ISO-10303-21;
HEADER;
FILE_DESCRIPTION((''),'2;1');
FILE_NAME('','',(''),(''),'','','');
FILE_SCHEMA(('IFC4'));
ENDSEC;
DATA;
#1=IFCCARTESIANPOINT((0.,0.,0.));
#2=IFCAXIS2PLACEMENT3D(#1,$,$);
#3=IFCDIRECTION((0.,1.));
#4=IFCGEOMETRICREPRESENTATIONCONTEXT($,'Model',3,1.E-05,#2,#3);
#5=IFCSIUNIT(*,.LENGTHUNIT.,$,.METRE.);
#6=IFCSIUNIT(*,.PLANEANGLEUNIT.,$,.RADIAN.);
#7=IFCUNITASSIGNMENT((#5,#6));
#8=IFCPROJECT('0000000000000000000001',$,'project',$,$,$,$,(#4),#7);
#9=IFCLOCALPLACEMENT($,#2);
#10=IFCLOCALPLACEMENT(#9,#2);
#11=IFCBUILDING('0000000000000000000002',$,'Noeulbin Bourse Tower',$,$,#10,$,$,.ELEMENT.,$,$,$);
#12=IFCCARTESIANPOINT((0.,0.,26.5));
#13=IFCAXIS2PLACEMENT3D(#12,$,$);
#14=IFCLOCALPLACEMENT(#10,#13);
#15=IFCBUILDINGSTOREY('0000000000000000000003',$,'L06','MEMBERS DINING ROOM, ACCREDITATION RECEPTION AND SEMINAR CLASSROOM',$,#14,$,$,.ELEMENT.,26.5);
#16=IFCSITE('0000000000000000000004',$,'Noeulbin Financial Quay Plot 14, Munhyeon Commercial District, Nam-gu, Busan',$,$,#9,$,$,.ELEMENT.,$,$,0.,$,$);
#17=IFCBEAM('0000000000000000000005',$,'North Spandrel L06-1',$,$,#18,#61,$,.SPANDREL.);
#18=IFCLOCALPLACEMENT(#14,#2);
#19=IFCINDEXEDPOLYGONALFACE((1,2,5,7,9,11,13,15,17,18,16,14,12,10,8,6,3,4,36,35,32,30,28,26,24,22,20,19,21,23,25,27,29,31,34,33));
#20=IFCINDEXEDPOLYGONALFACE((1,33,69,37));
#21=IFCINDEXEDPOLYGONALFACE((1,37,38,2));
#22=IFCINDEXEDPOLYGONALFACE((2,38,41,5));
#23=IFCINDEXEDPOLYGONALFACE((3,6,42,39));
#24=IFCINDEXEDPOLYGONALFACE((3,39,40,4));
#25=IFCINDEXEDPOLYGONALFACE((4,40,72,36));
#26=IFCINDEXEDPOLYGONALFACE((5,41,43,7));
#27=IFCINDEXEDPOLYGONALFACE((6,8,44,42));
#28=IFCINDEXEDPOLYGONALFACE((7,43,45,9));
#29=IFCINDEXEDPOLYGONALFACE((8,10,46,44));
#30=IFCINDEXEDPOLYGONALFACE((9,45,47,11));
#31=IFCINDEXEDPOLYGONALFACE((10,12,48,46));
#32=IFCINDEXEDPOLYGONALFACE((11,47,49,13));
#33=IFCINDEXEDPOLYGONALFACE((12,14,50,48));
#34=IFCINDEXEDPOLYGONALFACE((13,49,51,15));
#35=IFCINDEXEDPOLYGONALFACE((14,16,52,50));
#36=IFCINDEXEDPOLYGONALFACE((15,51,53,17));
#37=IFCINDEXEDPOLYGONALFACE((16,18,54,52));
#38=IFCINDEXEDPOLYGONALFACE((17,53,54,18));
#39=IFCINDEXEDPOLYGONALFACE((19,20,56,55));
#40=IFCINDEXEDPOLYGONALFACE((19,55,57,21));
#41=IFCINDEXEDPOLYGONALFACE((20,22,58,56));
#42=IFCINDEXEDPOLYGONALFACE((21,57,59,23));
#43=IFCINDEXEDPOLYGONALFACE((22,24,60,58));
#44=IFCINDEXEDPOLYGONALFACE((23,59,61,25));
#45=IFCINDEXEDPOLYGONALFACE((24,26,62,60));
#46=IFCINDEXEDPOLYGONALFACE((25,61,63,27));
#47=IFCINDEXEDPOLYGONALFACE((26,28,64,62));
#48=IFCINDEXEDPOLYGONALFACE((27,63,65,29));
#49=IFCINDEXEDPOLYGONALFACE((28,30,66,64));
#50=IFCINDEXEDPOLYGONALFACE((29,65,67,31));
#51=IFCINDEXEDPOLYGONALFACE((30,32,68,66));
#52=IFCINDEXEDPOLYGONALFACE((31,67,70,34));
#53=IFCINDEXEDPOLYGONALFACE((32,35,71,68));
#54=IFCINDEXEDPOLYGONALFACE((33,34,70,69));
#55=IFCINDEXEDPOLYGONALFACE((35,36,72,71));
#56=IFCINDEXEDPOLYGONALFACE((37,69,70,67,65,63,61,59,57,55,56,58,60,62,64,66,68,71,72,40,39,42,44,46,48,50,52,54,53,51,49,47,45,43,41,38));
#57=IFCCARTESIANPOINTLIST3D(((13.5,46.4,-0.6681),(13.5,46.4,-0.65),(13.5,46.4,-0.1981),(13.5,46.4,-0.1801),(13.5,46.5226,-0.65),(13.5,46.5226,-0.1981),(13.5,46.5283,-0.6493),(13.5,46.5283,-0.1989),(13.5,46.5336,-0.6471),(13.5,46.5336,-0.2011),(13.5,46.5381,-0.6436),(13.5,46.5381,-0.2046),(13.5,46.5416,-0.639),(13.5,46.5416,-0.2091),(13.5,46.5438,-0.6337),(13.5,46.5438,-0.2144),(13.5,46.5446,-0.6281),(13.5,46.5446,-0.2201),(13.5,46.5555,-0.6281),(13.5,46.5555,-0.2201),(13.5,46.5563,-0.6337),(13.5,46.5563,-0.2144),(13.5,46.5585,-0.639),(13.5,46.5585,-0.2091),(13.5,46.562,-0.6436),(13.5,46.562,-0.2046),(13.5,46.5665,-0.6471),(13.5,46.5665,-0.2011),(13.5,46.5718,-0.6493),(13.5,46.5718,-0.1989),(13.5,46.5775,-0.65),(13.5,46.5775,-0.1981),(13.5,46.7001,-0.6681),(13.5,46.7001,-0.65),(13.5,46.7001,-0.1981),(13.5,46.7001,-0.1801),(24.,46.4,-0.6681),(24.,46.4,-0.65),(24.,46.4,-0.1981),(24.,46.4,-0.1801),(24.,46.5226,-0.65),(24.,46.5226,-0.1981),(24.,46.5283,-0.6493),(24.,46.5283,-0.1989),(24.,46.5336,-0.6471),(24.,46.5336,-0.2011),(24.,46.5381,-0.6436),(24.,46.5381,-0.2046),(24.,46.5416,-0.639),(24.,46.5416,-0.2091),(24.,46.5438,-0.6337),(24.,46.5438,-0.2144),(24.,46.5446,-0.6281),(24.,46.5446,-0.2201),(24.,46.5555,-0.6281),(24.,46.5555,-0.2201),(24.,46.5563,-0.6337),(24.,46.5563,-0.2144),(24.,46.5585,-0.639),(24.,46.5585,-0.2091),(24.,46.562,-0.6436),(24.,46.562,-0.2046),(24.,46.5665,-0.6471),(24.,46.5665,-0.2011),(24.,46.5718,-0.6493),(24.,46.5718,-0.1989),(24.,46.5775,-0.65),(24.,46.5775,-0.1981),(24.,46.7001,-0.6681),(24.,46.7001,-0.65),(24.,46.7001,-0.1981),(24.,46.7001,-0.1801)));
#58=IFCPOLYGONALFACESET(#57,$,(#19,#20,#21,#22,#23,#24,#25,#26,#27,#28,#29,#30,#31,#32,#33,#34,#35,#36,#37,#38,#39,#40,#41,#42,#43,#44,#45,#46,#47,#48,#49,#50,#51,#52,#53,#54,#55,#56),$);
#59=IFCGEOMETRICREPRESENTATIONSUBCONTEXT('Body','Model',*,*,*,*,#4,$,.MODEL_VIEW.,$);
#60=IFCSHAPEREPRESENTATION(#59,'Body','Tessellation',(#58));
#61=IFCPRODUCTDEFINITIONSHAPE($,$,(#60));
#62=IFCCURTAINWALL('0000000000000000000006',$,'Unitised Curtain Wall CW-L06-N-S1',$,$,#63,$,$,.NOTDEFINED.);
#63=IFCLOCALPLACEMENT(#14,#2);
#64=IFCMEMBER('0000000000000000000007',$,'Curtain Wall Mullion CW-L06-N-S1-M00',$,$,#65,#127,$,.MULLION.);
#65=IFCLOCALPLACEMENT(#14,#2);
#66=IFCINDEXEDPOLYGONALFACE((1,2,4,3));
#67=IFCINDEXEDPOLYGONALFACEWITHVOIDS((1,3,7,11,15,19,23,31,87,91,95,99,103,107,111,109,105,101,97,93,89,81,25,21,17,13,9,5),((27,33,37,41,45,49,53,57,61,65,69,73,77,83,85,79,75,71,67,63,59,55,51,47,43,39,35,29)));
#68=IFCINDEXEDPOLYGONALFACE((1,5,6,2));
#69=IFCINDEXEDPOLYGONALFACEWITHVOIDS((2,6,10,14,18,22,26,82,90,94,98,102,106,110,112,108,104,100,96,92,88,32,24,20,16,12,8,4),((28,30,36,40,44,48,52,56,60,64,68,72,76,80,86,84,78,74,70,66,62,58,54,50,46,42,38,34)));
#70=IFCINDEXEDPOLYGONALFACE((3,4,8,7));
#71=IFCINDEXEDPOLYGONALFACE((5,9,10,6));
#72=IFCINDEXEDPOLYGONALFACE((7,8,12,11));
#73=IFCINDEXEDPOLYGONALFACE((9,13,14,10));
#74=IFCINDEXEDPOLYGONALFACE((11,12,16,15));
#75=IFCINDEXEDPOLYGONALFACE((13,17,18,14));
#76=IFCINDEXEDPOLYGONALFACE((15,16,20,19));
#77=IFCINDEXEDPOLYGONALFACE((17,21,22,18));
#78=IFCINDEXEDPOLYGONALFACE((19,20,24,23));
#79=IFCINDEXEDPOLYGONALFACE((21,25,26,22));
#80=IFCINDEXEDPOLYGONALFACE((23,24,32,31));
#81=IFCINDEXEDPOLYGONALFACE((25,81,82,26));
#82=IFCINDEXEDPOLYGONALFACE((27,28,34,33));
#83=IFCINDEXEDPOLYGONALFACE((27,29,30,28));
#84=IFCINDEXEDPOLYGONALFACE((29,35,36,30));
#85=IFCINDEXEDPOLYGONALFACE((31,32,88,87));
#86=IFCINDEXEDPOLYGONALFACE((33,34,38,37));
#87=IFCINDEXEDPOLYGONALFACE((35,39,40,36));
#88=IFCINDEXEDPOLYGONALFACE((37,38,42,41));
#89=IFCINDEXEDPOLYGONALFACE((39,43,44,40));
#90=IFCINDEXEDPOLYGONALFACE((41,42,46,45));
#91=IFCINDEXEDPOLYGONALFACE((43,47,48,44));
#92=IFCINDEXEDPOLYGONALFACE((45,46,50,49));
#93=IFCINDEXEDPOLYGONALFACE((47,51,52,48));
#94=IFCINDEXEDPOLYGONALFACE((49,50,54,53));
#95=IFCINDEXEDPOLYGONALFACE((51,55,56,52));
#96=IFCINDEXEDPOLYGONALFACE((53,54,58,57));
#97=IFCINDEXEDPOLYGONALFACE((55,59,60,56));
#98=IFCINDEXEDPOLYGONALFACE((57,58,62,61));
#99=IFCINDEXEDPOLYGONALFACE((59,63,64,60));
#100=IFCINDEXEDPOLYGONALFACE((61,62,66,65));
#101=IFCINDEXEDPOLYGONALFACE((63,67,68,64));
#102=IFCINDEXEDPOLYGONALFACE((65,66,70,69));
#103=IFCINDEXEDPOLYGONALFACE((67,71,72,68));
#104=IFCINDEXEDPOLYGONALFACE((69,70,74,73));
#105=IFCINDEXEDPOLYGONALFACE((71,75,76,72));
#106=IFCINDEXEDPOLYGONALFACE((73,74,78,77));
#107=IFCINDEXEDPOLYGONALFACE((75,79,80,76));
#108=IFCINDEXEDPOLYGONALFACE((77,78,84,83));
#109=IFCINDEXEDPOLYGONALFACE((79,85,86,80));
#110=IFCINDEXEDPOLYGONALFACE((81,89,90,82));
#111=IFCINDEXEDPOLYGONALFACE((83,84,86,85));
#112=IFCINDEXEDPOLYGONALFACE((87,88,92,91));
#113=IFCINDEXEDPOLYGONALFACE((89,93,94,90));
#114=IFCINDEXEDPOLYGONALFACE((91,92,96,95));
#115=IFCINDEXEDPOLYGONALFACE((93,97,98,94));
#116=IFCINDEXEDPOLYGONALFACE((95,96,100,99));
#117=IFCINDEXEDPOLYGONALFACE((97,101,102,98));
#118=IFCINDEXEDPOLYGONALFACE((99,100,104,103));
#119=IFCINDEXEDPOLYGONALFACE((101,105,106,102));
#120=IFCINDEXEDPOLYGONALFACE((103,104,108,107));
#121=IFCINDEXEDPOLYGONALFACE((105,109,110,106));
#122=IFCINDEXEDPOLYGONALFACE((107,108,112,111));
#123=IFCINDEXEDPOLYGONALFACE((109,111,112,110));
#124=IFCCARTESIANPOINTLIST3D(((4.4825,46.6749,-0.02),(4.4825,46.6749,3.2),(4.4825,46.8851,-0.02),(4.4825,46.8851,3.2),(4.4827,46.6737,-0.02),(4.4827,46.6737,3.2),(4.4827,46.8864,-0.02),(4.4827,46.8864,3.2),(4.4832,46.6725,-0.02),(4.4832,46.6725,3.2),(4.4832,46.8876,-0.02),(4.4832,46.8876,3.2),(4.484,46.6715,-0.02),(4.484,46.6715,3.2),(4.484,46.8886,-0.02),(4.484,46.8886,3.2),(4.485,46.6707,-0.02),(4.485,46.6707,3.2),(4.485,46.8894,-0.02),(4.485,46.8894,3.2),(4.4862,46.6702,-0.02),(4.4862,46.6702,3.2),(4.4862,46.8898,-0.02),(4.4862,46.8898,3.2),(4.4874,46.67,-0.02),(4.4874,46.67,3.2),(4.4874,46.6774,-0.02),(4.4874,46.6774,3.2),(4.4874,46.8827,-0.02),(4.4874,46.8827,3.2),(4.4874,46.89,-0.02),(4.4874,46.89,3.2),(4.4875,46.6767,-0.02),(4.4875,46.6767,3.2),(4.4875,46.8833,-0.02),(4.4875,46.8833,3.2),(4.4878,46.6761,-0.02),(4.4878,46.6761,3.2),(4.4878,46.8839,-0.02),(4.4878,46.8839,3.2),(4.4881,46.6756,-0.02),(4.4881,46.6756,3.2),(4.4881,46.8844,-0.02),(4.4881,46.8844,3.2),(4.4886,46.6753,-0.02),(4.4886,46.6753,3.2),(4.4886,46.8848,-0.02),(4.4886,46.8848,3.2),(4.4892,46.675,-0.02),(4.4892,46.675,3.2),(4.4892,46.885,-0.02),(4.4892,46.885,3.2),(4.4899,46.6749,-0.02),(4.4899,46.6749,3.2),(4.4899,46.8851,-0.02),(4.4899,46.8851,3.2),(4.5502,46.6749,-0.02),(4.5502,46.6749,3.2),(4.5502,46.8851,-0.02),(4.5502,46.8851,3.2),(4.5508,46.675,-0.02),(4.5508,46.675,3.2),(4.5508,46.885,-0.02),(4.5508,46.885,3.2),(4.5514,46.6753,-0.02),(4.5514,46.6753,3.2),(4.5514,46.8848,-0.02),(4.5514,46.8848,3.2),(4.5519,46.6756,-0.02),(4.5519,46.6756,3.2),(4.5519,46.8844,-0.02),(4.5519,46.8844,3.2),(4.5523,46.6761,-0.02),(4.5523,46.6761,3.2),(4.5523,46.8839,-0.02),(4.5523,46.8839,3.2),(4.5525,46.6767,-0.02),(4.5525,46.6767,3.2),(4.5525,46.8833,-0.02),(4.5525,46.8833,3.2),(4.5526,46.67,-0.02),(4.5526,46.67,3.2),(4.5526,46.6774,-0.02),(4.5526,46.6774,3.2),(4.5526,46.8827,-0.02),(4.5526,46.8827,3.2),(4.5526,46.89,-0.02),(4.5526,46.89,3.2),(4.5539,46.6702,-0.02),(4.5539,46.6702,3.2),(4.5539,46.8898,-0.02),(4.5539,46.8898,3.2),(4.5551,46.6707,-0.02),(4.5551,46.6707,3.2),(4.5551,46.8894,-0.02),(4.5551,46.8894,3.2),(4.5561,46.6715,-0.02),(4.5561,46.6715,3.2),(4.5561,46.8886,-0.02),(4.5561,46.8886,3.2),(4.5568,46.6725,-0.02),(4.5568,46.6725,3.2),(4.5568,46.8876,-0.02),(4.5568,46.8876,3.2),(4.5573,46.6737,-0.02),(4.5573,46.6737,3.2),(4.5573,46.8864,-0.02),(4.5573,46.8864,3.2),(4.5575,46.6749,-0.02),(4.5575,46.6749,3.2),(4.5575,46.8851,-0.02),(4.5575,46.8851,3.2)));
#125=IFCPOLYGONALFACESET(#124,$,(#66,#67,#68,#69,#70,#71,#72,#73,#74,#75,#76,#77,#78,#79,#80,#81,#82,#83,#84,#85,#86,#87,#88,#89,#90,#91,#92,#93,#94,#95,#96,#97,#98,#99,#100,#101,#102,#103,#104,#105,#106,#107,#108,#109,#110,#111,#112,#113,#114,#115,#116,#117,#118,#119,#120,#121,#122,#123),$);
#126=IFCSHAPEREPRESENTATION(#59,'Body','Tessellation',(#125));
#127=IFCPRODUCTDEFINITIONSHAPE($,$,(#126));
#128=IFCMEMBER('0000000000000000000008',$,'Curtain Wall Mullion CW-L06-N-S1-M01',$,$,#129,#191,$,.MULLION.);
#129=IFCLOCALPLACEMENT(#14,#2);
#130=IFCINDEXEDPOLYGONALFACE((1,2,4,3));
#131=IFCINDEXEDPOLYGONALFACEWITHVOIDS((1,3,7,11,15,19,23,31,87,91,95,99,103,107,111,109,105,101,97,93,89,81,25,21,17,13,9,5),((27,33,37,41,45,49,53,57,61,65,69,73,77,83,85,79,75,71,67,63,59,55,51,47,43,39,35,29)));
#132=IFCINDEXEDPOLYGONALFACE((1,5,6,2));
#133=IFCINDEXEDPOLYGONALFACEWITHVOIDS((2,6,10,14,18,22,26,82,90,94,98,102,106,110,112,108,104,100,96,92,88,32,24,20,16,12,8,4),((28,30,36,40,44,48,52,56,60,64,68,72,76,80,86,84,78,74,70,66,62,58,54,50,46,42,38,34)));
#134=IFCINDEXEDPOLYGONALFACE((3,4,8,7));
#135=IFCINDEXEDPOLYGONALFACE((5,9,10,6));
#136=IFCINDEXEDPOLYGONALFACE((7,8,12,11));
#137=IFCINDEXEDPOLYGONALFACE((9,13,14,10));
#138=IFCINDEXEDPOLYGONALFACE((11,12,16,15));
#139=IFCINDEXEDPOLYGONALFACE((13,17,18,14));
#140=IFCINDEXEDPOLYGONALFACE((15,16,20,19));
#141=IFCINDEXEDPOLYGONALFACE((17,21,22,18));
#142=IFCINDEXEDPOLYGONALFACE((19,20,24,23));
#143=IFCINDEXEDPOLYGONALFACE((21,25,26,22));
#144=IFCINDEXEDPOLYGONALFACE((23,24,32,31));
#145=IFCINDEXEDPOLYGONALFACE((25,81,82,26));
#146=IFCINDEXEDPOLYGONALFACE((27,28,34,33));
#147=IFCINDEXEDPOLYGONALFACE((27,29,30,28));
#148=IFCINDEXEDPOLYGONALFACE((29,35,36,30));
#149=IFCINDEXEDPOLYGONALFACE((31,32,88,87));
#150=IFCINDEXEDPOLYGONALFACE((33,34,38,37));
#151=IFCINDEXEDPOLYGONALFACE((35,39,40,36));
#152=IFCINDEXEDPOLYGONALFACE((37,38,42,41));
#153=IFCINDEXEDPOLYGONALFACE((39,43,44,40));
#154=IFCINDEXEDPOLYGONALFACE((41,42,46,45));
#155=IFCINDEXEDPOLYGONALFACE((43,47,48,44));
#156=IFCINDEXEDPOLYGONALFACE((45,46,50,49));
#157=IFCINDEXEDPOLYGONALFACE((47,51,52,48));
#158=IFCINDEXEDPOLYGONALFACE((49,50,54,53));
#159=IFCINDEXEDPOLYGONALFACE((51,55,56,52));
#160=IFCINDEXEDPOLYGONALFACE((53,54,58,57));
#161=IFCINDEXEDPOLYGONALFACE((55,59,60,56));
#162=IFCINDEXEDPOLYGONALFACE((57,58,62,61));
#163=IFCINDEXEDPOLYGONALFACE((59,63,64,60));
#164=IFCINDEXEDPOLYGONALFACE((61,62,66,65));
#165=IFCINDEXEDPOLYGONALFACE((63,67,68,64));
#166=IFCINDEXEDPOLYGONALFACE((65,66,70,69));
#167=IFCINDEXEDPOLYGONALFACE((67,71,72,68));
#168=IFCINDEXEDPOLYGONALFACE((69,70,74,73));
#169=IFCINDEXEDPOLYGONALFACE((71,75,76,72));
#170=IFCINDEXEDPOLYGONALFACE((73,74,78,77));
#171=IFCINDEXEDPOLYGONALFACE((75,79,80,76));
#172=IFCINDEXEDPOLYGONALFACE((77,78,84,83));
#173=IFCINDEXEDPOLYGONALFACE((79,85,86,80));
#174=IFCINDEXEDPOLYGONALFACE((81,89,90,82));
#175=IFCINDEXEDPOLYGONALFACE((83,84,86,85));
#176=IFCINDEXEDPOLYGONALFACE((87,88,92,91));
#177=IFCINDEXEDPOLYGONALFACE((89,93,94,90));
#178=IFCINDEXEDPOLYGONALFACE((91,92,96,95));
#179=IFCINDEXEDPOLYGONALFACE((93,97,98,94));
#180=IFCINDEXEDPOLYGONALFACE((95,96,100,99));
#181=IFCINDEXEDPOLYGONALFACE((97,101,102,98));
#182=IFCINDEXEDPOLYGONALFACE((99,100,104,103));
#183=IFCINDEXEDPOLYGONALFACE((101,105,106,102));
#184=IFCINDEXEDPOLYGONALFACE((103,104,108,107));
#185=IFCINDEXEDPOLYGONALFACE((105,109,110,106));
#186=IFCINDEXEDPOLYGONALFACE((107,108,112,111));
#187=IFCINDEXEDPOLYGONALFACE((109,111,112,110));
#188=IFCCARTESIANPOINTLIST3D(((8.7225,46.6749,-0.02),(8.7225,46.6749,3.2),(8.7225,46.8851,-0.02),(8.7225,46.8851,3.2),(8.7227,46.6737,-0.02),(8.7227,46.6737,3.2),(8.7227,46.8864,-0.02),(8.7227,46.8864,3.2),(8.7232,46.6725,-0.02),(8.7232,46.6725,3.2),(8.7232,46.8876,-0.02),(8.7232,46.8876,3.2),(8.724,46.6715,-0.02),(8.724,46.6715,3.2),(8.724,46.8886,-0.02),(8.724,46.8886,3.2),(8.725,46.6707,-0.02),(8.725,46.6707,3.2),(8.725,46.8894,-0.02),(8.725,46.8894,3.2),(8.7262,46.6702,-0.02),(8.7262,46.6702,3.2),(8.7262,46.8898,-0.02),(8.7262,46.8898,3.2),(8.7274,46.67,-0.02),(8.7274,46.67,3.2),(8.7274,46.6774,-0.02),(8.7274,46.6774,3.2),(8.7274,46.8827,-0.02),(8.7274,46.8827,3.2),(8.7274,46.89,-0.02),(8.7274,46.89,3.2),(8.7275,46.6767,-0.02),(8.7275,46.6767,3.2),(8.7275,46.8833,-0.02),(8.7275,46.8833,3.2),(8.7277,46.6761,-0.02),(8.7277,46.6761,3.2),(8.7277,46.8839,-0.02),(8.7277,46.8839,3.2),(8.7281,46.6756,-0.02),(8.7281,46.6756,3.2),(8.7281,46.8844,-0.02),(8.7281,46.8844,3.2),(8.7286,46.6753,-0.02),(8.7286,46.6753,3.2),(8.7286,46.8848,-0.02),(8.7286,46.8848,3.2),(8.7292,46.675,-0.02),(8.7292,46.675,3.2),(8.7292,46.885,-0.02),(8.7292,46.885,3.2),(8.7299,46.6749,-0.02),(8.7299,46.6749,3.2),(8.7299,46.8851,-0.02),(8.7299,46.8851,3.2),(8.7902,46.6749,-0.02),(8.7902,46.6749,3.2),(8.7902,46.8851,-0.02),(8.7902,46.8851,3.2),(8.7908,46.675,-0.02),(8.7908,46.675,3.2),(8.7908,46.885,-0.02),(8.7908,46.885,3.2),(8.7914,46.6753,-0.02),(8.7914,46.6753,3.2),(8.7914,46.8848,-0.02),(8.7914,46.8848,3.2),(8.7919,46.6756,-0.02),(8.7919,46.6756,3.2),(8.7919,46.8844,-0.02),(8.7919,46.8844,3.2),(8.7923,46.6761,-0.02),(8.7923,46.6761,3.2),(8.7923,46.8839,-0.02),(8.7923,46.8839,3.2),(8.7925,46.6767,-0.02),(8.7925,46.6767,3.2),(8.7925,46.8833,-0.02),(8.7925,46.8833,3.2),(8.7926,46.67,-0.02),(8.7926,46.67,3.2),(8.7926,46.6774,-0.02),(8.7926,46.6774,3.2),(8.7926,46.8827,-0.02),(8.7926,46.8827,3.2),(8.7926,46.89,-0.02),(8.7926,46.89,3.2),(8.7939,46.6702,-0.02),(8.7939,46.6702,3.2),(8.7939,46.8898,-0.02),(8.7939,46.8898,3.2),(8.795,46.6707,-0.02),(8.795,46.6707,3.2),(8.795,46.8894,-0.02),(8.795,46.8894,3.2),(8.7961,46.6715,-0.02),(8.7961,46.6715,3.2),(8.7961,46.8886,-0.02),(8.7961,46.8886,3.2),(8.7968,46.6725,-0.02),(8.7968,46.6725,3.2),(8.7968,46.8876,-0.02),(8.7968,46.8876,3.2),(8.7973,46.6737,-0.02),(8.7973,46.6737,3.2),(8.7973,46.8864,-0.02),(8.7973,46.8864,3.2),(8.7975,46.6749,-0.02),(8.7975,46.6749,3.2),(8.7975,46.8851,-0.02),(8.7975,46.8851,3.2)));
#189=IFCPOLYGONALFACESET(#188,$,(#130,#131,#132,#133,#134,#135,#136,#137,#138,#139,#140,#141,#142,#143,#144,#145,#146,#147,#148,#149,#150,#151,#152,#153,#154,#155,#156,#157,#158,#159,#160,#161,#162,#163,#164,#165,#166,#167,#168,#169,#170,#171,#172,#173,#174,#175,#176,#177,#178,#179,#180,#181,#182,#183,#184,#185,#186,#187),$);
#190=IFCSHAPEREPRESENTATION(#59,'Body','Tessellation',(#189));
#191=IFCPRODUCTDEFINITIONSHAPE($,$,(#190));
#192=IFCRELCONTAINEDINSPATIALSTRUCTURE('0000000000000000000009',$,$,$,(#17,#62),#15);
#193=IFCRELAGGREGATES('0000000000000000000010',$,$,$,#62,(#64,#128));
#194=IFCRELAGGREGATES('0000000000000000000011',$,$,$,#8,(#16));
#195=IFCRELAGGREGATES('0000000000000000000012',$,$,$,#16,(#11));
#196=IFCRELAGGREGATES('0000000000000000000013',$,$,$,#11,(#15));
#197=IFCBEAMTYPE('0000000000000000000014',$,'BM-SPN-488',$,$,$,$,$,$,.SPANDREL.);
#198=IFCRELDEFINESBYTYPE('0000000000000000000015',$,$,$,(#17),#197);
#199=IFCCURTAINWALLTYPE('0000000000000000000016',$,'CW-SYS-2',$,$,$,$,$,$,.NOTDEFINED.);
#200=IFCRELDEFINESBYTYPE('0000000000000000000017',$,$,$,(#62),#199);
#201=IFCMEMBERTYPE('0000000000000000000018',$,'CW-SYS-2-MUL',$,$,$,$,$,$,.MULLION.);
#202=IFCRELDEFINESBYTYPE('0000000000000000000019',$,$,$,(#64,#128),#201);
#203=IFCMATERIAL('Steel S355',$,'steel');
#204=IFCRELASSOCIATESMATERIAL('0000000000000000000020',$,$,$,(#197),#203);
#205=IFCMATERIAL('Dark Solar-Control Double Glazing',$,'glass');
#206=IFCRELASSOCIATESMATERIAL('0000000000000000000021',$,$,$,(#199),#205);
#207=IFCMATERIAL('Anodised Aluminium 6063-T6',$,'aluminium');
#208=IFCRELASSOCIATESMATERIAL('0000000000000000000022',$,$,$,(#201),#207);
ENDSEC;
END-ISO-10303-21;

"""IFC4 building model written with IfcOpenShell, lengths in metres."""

from ifc_helpers import new_model, si_unit, direction, frame, origin, origin_2d, place, context, subcontext, project, spatial, hollow_rectangle, i_section, extrude, material, material_profile, profile_set, type_object, element, aggregate, save


model = new_model("IFC4")

# Units and contexts
model_context = context("Model", 3, precision=1e-05, world=origin(), true_north=direction((0.0, 1.0)))
body_context = subcontext(model_context, "Body", "Model", "MODEL_VIEW")
ifc_project = project(units=[si_unit("LENGTHUNIT", "METRE"), si_unit("PLANEANGLEUNIT", "RADIAN")], contexts=[model_context])

# Site, building, storey
site_placement = place(None, origin())
site = spatial("IfcSite", under=ifc_project, at=site_placement, Name="Noeulbin Financial Quay Plot 14, Munhyeon Commercial District, Nam-gu, Busan", CompositionType="ELEMENT", RefElevation=0.0)
building_placement = place(site_placement, origin())
building = spatial("IfcBuilding", under=site, at=building_placement, Name="Noeulbin Bourse Tower", CompositionType="ELEMENT")
storey_placement = place(building_placement, frame((0.0, 0.0, 26.5)))
storey = spatial("IfcBuildingStorey", under=building, at=storey_placement, Name="L06", Description="MEMBERS DINING ROOM, ACCREDITATION RECEPTION AND SEMINAR CLASSROOM", CompositionType="ELEMENT", Elevation=26.5)

# Beam
ifc_material_1 = material(Name="Steel S355", Category="steel")
ifc_material_profile_1 = material_profile(ifc_material_1, i_section(OverallWidth=0.3, OverallDepth=0.488, WebThickness=0.011, FlangeThickness=0.0181, FilletRadius=0.022, at=origin_2d()), Name="H-488x300x11x18", Category="LoadBearing")
ifc_profile_set_1 = profile_set([ifc_material_profile_1], Name="Steel S355")
beam_type_1 = type_object("IfcBeamType", Name="BM-SPN-488", PredefinedType="SPANDREL", material=ifc_profile_set_1)
beam_1_placement = place(storey_placement, frame((13.5, 46.55, -0.4241), z_axis=(1.0, 0.0, 0.0), x_axis=(0.0, 1.0, 0.0)))
element("IfcBeam", 1, at=beam_1_placement, inside=storey, type_object=beam_type_1, Name="North Spandrel L06-1", PredefinedType="SPANDREL", context=body_context, shape_type="SweptSolid", body=[
    extrude(i_section(OverallWidth=0.3, OverallDepth=0.488, WebThickness=0.011, FlangeThickness=0.0181, FilletRadius=0.022, at=origin_2d()), origin(), (0.0, 0.0, 1.0), 10.5),
])

# Curtain wall, members
ifc_material_2 = material(Name="Dark Solar-Control Double Glazing", Category="glass")
curtain_wall_type = type_object("IfcCurtainWallType", Name="CW-SYS-2", PredefinedType="NOTDEFINED", material=ifc_material_2)
curtain_wall_1_placement = place(storey_placement, origin())
curtain_wall_1 = element("IfcCurtainWall", 2, at=curtain_wall_1_placement, inside=storey, type_object=curtain_wall_type, Name="Unitised Curtain Wall CW-L06-N-S1", PredefinedType="NOTDEFINED")
ifc_material_3 = material(Name="Anodised Aluminium 6063-T6", Category="aluminium")
ifc_material_profile_2 = material_profile(ifc_material_3, hollow_rectangle(XDim=0.075, YDim=0.22, WallThickness=0.0049, InnerFilletRadius=0.0024, OuterFilletRadius=0.0049, at=origin_2d()), Name="ALU-MULL-75x220x5", Category="LoadBearing")
ifc_profile_set_2 = profile_set([ifc_material_profile_2], Name="Anodised Aluminium 6063-T6")
member_type_1 = type_object("IfcMemberType", Name="CW-SYS-2-MUL", PredefinedType="MULLION", material=ifc_profile_set_2)
member_1_placement = place(storey_placement, frame((4.52, 46.78, -0.02), z_axis=(0.0, 0.0, 1.0), x_axis=(1.0, 0.0, 0.0)))
member_1 = element("IfcMember", 3, at=member_1_placement, type_object=member_type_1, Name="Curtain Wall Mullion CW-L06-N-S1-M00", PredefinedType="MULLION", context=body_context, shape_type="SweptSolid", body=[
    extrude(hollow_rectangle(XDim=0.075, YDim=0.22, WallThickness=0.0049, InnerFilletRadius=0.0024, OuterFilletRadius=0.0049, at=origin_2d()), origin(), (0.0, 0.0, 1.0), 3.22),
])
member_2_placement = place(storey_placement, frame((8.76, 46.78, -0.02), z_axis=(0.0, 0.0, 1.0), x_axis=(1.0, 0.0, 0.0)))
member_2 = element("IfcMember", 4, at=member_2_placement, type_object=member_type_1, Name="Curtain Wall Mullion CW-L06-N-S1-M01", PredefinedType="MULLION", context=body_context, shape_type="SweptSolid", body=[
    extrude(hollow_rectangle(XDim=0.075, YDim=0.22, WallThickness=0.0049, InnerFilletRadius=0.0024, OuterFilletRadius=0.0049, at=origin_2d()), origin(), (0.0, 0.0, 1.0), 3.22),
])

aggregate(curtain_wall_1, [member_1, member_2])

save(model, "model.ifc")
